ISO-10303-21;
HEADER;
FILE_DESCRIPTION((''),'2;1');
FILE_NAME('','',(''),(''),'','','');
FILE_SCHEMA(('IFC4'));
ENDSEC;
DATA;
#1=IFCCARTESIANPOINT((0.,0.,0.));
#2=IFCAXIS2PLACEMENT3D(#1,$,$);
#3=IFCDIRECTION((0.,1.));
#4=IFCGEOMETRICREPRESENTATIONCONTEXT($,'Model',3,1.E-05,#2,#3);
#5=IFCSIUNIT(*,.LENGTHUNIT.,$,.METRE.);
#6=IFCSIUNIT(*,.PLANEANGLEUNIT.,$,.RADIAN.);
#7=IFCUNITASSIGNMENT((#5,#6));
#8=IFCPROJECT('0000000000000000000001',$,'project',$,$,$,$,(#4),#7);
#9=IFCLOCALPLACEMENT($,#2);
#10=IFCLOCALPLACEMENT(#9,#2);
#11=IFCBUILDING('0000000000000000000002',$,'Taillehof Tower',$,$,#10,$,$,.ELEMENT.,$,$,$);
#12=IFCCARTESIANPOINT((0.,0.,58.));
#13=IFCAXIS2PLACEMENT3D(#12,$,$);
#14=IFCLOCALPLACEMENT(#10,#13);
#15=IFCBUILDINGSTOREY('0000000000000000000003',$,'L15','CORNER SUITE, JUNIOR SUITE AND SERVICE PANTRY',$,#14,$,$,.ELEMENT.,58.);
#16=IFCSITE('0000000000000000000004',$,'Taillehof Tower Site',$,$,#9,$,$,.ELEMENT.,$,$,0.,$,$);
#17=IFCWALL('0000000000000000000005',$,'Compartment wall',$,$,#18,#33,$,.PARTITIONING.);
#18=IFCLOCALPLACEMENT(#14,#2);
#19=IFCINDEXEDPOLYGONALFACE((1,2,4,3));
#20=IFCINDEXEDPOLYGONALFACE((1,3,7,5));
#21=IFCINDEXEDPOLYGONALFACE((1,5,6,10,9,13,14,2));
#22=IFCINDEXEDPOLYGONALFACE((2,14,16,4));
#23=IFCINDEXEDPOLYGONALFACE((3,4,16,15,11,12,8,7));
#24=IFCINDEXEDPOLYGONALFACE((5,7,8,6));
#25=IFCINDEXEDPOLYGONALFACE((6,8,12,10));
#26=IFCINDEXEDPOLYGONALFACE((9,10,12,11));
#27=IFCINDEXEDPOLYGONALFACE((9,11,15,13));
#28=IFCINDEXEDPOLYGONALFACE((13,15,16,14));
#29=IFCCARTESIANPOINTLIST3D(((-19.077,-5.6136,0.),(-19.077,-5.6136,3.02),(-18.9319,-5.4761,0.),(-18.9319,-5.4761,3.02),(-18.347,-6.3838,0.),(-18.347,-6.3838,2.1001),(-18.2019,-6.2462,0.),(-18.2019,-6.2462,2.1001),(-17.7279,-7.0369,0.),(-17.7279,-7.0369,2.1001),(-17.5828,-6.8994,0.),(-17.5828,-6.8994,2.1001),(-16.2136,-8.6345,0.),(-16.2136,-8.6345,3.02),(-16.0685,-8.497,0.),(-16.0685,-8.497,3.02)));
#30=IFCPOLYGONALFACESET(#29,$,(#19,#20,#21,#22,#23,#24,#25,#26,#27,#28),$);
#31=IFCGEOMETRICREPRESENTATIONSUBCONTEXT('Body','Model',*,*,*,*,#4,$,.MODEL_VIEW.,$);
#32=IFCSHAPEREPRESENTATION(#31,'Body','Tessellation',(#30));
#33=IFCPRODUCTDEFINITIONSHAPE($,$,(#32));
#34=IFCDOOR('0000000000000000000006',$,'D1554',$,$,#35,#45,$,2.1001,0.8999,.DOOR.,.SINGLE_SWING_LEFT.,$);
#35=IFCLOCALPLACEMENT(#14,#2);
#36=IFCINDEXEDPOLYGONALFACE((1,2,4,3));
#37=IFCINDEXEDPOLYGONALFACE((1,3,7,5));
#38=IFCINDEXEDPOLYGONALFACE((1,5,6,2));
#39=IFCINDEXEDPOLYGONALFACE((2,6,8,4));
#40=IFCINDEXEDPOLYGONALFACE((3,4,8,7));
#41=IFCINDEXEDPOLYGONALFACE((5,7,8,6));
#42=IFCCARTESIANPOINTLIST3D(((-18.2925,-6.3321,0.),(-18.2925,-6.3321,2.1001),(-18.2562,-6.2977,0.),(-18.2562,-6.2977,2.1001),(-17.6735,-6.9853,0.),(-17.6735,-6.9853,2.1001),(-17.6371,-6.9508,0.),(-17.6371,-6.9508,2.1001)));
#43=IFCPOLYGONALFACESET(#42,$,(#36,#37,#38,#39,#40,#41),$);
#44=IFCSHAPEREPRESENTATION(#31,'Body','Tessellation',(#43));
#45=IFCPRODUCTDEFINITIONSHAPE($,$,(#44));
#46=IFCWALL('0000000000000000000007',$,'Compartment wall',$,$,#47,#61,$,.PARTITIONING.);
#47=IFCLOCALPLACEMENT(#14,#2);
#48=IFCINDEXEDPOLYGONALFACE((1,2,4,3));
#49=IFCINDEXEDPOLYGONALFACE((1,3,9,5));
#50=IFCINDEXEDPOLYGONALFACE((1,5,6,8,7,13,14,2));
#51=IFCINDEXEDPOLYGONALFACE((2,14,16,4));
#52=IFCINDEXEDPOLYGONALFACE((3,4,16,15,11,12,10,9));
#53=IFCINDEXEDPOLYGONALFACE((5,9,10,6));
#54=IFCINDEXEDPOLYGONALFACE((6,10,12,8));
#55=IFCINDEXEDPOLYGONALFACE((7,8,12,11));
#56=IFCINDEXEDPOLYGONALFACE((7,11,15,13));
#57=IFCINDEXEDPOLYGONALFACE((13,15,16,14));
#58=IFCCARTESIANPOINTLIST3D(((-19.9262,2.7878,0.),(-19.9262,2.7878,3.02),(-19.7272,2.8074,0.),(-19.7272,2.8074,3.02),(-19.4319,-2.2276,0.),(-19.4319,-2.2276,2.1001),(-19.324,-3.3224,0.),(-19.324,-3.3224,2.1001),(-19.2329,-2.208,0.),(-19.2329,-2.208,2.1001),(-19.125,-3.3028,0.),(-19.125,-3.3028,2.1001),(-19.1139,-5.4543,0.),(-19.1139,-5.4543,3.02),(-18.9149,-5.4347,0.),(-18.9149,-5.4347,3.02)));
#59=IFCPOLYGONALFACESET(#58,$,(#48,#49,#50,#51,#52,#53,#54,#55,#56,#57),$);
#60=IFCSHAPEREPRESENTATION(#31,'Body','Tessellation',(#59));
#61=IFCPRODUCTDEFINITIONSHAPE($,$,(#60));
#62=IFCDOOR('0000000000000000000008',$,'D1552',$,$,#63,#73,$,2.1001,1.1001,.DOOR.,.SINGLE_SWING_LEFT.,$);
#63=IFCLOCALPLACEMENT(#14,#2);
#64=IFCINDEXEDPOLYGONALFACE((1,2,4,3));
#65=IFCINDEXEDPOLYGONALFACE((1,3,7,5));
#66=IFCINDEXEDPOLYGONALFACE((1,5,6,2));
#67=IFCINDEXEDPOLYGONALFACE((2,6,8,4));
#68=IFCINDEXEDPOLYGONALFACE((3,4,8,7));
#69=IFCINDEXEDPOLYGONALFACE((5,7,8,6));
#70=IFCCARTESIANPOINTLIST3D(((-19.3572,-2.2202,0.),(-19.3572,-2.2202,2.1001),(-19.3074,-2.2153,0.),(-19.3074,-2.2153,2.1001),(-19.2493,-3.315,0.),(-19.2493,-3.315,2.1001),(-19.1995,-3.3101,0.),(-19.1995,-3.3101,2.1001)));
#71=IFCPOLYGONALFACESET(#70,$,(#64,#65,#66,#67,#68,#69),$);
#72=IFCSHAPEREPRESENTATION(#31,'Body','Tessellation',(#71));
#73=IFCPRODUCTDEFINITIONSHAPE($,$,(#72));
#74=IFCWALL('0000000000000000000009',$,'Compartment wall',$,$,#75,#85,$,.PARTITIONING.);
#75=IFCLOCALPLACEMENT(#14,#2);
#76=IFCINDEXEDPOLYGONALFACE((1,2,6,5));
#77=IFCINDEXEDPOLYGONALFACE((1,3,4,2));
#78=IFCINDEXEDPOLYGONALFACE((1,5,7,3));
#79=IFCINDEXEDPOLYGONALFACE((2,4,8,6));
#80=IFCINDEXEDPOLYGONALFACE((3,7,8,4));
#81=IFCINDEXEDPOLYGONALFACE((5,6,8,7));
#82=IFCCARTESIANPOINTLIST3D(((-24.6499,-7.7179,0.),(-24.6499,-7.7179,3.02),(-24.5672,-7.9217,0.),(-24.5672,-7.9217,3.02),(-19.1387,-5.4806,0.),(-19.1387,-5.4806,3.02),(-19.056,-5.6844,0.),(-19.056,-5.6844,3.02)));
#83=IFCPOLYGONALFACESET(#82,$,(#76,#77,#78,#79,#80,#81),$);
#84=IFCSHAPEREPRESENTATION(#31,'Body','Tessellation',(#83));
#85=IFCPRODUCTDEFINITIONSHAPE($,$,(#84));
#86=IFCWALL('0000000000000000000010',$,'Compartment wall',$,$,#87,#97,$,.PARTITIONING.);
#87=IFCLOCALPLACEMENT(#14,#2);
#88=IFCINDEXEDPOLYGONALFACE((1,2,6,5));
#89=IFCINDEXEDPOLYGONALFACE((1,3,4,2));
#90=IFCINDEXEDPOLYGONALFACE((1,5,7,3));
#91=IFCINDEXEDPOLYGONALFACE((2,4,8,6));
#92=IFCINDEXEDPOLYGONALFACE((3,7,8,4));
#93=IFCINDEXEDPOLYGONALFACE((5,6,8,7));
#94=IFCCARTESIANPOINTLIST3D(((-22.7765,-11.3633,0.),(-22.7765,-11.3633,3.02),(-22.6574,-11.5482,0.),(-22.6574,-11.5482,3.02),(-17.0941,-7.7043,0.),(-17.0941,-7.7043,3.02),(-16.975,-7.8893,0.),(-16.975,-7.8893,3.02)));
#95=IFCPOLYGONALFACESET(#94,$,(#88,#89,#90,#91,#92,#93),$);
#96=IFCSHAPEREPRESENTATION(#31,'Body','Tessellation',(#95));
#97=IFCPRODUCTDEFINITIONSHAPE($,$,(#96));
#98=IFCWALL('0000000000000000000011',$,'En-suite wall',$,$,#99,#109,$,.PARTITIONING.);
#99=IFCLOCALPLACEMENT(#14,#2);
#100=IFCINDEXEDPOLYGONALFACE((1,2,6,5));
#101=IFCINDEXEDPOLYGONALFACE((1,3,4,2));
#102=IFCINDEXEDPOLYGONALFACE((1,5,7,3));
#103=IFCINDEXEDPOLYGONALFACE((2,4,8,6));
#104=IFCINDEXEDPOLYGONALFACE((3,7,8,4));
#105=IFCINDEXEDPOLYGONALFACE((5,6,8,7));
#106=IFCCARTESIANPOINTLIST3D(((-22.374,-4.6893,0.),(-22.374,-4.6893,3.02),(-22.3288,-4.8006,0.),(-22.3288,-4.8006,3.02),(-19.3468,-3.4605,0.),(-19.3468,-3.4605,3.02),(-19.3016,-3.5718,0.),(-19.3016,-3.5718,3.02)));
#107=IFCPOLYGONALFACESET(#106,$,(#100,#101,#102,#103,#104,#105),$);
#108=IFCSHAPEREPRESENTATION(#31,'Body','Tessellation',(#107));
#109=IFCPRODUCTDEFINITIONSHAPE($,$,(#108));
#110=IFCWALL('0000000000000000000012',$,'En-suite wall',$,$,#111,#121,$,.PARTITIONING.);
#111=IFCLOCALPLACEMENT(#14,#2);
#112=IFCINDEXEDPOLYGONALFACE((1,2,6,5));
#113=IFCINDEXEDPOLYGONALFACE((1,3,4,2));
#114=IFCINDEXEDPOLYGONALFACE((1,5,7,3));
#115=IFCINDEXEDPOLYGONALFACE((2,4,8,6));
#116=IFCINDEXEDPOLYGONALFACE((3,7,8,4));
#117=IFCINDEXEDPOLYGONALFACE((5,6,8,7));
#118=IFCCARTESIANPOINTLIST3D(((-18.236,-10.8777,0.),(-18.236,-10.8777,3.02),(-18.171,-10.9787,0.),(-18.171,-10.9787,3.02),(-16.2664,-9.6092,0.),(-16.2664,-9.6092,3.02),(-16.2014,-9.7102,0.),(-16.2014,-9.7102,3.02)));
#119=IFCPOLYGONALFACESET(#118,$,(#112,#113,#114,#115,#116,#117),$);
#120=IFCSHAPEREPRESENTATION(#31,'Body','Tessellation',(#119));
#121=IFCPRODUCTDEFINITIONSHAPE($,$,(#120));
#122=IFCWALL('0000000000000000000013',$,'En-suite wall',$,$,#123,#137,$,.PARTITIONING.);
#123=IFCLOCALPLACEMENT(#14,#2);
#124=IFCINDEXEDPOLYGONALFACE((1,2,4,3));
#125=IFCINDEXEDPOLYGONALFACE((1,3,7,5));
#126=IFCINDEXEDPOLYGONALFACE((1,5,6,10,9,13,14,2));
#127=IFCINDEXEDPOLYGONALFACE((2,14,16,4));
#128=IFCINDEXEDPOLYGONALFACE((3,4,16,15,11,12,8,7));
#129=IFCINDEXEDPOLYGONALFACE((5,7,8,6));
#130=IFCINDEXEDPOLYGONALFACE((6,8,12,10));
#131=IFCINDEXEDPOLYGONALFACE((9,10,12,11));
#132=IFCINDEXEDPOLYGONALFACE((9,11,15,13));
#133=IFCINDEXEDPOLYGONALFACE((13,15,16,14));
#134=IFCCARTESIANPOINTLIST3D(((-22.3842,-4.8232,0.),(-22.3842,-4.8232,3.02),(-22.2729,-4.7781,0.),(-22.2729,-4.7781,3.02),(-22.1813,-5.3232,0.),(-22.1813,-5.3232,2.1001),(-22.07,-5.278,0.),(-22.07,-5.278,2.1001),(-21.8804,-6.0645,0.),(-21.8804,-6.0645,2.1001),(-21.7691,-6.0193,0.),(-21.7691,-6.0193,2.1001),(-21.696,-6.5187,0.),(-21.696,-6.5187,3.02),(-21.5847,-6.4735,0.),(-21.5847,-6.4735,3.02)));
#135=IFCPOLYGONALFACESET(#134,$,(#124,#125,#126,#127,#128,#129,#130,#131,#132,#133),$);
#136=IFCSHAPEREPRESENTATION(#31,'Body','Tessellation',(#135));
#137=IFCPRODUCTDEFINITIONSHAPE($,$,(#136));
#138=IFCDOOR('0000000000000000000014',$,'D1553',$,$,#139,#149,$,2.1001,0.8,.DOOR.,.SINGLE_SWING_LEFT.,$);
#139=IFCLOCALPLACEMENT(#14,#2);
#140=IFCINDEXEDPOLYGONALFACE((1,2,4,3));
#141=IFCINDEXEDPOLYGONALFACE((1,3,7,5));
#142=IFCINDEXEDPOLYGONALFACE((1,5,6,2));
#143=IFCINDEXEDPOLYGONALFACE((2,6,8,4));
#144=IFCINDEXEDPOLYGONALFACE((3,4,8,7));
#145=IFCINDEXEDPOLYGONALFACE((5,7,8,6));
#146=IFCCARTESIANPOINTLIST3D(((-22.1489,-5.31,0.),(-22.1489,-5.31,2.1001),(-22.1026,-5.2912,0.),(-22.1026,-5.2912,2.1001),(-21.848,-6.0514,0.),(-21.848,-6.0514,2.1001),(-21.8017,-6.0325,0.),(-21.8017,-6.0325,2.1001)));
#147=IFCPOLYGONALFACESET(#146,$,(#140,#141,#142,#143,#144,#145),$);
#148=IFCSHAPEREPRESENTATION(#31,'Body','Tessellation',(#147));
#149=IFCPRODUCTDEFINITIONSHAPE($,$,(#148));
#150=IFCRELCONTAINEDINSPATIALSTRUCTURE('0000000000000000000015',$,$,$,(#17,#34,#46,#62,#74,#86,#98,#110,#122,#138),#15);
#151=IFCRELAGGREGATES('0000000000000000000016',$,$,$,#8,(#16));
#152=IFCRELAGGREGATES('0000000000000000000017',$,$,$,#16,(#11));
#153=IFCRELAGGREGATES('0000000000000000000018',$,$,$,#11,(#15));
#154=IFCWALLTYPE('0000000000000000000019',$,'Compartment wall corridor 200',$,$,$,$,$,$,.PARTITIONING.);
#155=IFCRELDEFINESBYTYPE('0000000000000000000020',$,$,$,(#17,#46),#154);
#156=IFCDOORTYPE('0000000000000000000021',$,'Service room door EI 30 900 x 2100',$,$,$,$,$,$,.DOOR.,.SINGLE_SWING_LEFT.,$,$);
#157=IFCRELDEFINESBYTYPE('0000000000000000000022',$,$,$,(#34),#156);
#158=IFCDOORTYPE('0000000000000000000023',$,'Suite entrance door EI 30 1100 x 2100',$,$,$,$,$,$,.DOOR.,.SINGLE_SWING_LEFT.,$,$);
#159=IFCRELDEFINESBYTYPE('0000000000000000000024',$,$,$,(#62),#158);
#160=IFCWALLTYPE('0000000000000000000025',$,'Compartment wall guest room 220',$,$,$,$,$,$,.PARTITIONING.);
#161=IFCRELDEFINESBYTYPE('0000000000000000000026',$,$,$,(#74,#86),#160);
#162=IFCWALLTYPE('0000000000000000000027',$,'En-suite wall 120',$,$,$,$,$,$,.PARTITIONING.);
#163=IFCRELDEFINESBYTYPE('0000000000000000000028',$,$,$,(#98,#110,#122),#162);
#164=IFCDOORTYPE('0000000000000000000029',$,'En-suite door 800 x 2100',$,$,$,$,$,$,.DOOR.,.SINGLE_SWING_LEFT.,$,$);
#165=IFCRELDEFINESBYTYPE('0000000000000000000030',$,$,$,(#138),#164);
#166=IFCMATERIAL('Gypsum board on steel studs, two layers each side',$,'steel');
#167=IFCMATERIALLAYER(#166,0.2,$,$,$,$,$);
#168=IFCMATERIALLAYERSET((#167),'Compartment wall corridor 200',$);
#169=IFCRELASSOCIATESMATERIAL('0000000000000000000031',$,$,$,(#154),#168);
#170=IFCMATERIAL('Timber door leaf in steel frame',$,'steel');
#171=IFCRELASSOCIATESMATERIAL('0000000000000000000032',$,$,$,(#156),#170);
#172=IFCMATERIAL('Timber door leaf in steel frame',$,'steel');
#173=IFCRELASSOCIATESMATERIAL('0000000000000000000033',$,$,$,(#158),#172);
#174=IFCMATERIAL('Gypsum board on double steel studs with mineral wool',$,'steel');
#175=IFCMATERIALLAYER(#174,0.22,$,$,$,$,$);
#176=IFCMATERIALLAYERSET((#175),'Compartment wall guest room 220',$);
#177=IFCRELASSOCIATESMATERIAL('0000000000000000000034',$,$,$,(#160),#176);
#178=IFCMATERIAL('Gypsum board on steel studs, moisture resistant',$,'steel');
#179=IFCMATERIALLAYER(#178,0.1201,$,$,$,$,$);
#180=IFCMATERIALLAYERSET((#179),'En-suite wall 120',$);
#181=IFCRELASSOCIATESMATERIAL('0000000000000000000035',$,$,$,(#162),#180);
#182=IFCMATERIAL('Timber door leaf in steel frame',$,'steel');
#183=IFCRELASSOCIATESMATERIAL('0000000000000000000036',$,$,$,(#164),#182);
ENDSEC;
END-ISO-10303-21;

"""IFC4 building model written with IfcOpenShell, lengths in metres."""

from ifc_helpers import new_model, si_unit, direction, frame, frame_2d, origin, place, context, subcontext, project, spatial, rectangle, extrude, material, layer, layer_set, type_object, element, fill, save


model = new_model("IFC4")

# Units and contexts
model_context = context("Model", 3, precision=1e-05, world=origin(), true_north=direction((0.0, 1.0)))
body_context = subcontext(model_context, "Body", "Model", "MODEL_VIEW")
ifc_project = project(units=[si_unit("LENGTHUNIT", "METRE"), si_unit("PLANEANGLEUNIT", "RADIAN")], contexts=[model_context])

# Site, building, storey
site_placement = place(None, origin())
site = spatial("IfcSite", under=ifc_project, at=site_placement, Name="Taillehof Tower Site", CompositionType="ELEMENT", RefElevation=0.0)
building_placement = place(site_placement, origin())
building = spatial("IfcBuilding", under=site, at=building_placement, Name="Taillehof Tower", CompositionType="ELEMENT")
storey_placement = place(building_placement, frame((0.0, 0.0, 58.0)))
storey = spatial("IfcBuildingStorey", under=building, at=storey_placement, Name="L15", Description="CORNER SUITE, JUNIOR SUITE AND SERVICE PANTRY", CompositionType="ELEMENT", Elevation=58.0)

# Walls, openings, doors
ifc_material_1 = material(Name="Gypsum board on steel studs, two layers each side", Category="steel")
ifc_layer_1 = layer(ifc_material_1, 0.2)
ifc_layer_set_1 = layer_set([ifc_layer_1], Name="Compartment wall corridor 200")
wall_type_1 = type_object("IfcWallType", Name="Compartment wall corridor 200", PredefinedType="PARTITIONING", material=ifc_layer_set_1)
wall_1_placement = place(storey_placement, frame((-16.1411, -8.5657, 0.0), z_axis=(0.0, 0.0, 1.0), x_axis=(-0.687938, 0.725769, 0.0)))
wall_1 = element("IfcWall", 1, at=wall_1_placement, inside=storey, type_object=wall_type_1, Name="Compartment wall", PredefinedType="PARTITIONING", context=body_context, shape_type="SweptSolid", body=[
    extrude(rectangle(XDim=4.1624, YDim=0.2, at=frame_2d((2.0811, 0.0))), origin(), (0.0, 0.0, 1.0), 3.02),
])
opening_1_placement = place(wall_1_placement, frame((2.2012, 0.0, 0.0)))
opening_1 = element("IfcOpeningElement", 2, at=opening_1_placement, cuts=wall_1, PredefinedType="OPENING", context=body_context, shape_type="SweptSolid", body=[
    extrude(rectangle(XDim=0.8999, YDim=2.1001, at=frame_2d((0.45, 1.05))), frame((0.0, 0.1099, 0.0), z_axis=(0.0, -1.0, 0.0), x_axis=(1.0, 0.0, 0.0)), (0.0, 0.0, 1.0), 0.22),
])
ifc_material_2 = material(Name="Timber door leaf in steel frame", Category="steel")
door_type_1 = type_object("IfcDoorType", Name="Service room door EI 30 900 x 2100", OperationType="SINGLE_SWING_LEFT", PredefinedType="DOOR", material=ifc_material_2)
door_1_placement = place(opening_1_placement, origin())
door_1 = element("IfcDoor", 3, at=door_1_placement, inside=storey, type_object=door_type_1, Name="D1554", OperationType="SINGLE_SWING_LEFT", OverallHeight=2.1001, OverallWidth=0.8999, PredefinedType="DOOR", context=body_context, shape_type="SweptSolid", body=[
    extrude(rectangle(XDim=0.8999, YDim=2.1001, at=frame_2d((0.45, 1.05))), frame((0.0, 0.0249, 0.0), z_axis=(0.0, -1.0, 0.0), x_axis=(1.0, 0.0, 0.0)), (0.0, 0.0, 1.0), 0.05),
])
fill(opening_1, door_1)
wall_2_placement = place(storey_placement, frame((-19.0144, -5.4446, 0.0), z_axis=(0.0, 0.0, 1.0), x_axis=(-0.098076, 0.995179, 0.0)))
wall_2 = element("IfcWall", 4, at=wall_2_placement, inside=storey, type_object=wall_type_1, Name="Compartment wall", PredefinedType="PARTITIONING", context=body_context, shape_type="SweptSolid", body=[
    extrude(rectangle(XDim=8.282, YDim=0.2, at=frame_2d((4.1411, 0.0))), origin(), (0.0, 0.0, 1.0), 3.02),
])
opening_2_placement = place(wall_2_placement, frame((2.1423, 0.0, 0.0)))
opening_2 = element("IfcOpeningElement", 5, at=opening_2_placement, cuts=wall_2, PredefinedType="OPENING", context=body_context, shape_type="SweptSolid", body=[
    extrude(rectangle(XDim=1.1001, YDim=2.1001, at=frame_2d((0.55, 1.05))), frame((0.0, 0.1099, 0.0), z_axis=(0.0, -1.0, 0.0), x_axis=(1.0, 0.0, 0.0)), (0.0, 0.0, 1.0), 0.22),
])
ifc_material_3 = material(Name="Timber door leaf in steel frame", Category="steel")
door_type_2 = type_object("IfcDoorType", Name="Suite entrance door EI 30 1100 x 2100", OperationType="SINGLE_SWING_LEFT", PredefinedType="DOOR", material=ifc_material_3)
door_2_placement = place(opening_2_placement, origin())
door_2 = element("IfcDoor", 6, at=door_2_placement, inside=storey, type_object=door_type_2, Name="D1552", OperationType="SINGLE_SWING_LEFT", OverallHeight=2.1001, OverallWidth=1.1001, PredefinedType="DOOR", context=body_context, shape_type="SweptSolid", body=[
    extrude(rectangle(XDim=1.1001, YDim=2.1001, at=frame_2d((0.55, 1.05))), frame((0.0, 0.0249, 0.0), z_axis=(0.0, -1.0, 0.0), x_axis=(1.0, 0.0, 0.0)), (0.0, 0.0, 1.0), 0.05),
])
fill(opening_2, door_2)

# Walls
ifc_material_4 = material(Name="Gypsum board on double steel studs with mineral wool", Category="steel")
ifc_layer_2 = layer(ifc_material_4, 0.22)
ifc_layer_set_2 = layer_set([ifc_layer_2], Name="Compartment wall guest room 220")
wall_type_2 = type_object("IfcWallType", Name="Compartment wall guest room 220", PredefinedType="PARTITIONING", material=ifc_layer_set_2)
wall_3_placement = place(storey_placement, frame((-24.6086, -7.8198, 0.0), z_axis=(0.0, 0.0, 1.0), x_axis=(0.926562, 0.376141, 0.0)))
element("IfcWall", 7, at=wall_3_placement, inside=storey, type_object=wall_type_2, Name="Compartment wall", PredefinedType="PARTITIONING", context=body_context, shape_type="SweptSolid", body=[
    extrude(rectangle(XDim=5.948, YDim=0.22, at=frame_2d((2.9741, 0.0))), origin(), (0.0, 0.0, 1.0), 3.02),
])
wall_4_placement = place(storey_placement, frame((-22.717, -11.4558, 0.0), z_axis=(0.0, 0.0, 1.0), x_axis=(0.840776, 0.541384, 0.0)))
element("IfcWall", 8, at=wall_4_placement, inside=storey, type_object=wall_type_2, Name="Compartment wall", PredefinedType="PARTITIONING", context=body_context, shape_type="SweptSolid", body=[
    extrude(rectangle(XDim=6.7585, YDim=0.22, at=frame_2d((3.3794, 0.0))), origin(), (0.0, 0.0, 1.0), 3.02),
])
ifc_material_5 = material(Name="Gypsum board on steel studs, moisture resistant", Category="steel")
ifc_layer_3 = layer(ifc_material_5, 0.1201)
ifc_layer_set_3 = layer_set([ifc_layer_3], Name="En-suite wall 120")
wall_type_3 = type_object("IfcWallType", Name="En-suite wall 120", PredefinedType="PARTITIONING", material=ifc_layer_set_3)
wall_5_placement = place(storey_placement, frame((-19.3242, -3.5161, 0.0), z_axis=(0.0, 0.0, 1.0), x_axis=(-0.926573, -0.376114, 0.0)))
element("IfcWall", 9, at=wall_5_placement, inside=storey, type_object=wall_type_3, Name="En-suite wall", PredefinedType="PARTITIONING", context=body_context, shape_type="SweptSolid", body=[
    extrude(rectangle(XDim=3.2671, YDim=0.1201, at=frame_2d((1.6335, 0.0))), origin(), (0.0, 0.0, 1.0), 3.02),
])
wall_6_placement = place(storey_placement, frame((-16.2339, -9.6597, 0.0), z_axis=(0.0, 0.0, 1.0), x_axis=(-0.840731, -0.541453, 0.0)))
element("IfcWall", 10, at=wall_6_placement, inside=storey, type_object=wall_type_3, Name="En-suite wall", PredefinedType="PARTITIONING", context=body_context, shape_type="SweptSolid", body=[
    extrude(rectangle(XDim=2.3428, YDim=0.1201, at=frame_2d((1.1714, 0.0))), origin(), (0.0, 0.0, 1.0), 3.02),
])

# Wall, opening, door
wall_7_placement = place(storey_placement, frame((-22.3286, -4.8005, 0.0), z_axis=(0.0, 0.0, 1.0), x_axis=(0.376101, -0.926578, 0.0)))
wall_7 = element("IfcWall", 11, at=wall_7_placement, inside=storey, type_object=wall_type_3, Name="En-suite wall", PredefinedType="PARTITIONING", context=body_context, shape_type="SweptSolid", body=[
    extrude(rectangle(XDim=1.8298, YDim=0.1201, at=frame_2d((0.915, 0.0))), origin(), (0.0, 0.0, 1.0), 3.02),
])
opening_3_placement = place(wall_7_placement, frame((0.5398, 0.0, 0.0)))
opening_3 = element("IfcOpeningElement", 12, at=opening_3_placement, cuts=wall_7, PredefinedType="OPENING", context=body_context, shape_type="SweptSolid", body=[
    extrude(rectangle(XDim=0.8, YDim=2.1001, at=frame_2d((0.3999, 1.05))), frame((0.0, 0.0701, 0.0), z_axis=(0.0, -1.0, 0.0), x_axis=(1.0, 0.0, 0.0)), (0.0, 0.0, 1.0), 0.1401),
])
ifc_material_6 = material(Name="Timber door leaf in steel frame", Category="steel")
door_type_3 = type_object("IfcDoorType", Name="En-suite door 800 x 2100", OperationType="SINGLE_SWING_LEFT", PredefinedType="DOOR", material=ifc_material_6)
door_3_placement = place(opening_3_placement, origin())
door_3 = element("IfcDoor", 13, at=door_3_placement, inside=storey, type_object=door_type_3, Name="D1553", OperationType="SINGLE_SWING_LEFT", OverallHeight=2.1001, OverallWidth=0.8, PredefinedType="DOOR", context=body_context, shape_type="SweptSolid", body=[
    extrude(rectangle(XDim=0.8, YDim=2.1001, at=frame_2d((0.3999, 1.05))), frame((0.0, 0.0249, 0.0), z_axis=(0.0, -1.0, 0.0), x_axis=(1.0, 0.0, 0.0)), (0.0, 0.0, 1.0), 0.05),
])
fill(opening_3, door_3)

save(model, "model.ifc")
